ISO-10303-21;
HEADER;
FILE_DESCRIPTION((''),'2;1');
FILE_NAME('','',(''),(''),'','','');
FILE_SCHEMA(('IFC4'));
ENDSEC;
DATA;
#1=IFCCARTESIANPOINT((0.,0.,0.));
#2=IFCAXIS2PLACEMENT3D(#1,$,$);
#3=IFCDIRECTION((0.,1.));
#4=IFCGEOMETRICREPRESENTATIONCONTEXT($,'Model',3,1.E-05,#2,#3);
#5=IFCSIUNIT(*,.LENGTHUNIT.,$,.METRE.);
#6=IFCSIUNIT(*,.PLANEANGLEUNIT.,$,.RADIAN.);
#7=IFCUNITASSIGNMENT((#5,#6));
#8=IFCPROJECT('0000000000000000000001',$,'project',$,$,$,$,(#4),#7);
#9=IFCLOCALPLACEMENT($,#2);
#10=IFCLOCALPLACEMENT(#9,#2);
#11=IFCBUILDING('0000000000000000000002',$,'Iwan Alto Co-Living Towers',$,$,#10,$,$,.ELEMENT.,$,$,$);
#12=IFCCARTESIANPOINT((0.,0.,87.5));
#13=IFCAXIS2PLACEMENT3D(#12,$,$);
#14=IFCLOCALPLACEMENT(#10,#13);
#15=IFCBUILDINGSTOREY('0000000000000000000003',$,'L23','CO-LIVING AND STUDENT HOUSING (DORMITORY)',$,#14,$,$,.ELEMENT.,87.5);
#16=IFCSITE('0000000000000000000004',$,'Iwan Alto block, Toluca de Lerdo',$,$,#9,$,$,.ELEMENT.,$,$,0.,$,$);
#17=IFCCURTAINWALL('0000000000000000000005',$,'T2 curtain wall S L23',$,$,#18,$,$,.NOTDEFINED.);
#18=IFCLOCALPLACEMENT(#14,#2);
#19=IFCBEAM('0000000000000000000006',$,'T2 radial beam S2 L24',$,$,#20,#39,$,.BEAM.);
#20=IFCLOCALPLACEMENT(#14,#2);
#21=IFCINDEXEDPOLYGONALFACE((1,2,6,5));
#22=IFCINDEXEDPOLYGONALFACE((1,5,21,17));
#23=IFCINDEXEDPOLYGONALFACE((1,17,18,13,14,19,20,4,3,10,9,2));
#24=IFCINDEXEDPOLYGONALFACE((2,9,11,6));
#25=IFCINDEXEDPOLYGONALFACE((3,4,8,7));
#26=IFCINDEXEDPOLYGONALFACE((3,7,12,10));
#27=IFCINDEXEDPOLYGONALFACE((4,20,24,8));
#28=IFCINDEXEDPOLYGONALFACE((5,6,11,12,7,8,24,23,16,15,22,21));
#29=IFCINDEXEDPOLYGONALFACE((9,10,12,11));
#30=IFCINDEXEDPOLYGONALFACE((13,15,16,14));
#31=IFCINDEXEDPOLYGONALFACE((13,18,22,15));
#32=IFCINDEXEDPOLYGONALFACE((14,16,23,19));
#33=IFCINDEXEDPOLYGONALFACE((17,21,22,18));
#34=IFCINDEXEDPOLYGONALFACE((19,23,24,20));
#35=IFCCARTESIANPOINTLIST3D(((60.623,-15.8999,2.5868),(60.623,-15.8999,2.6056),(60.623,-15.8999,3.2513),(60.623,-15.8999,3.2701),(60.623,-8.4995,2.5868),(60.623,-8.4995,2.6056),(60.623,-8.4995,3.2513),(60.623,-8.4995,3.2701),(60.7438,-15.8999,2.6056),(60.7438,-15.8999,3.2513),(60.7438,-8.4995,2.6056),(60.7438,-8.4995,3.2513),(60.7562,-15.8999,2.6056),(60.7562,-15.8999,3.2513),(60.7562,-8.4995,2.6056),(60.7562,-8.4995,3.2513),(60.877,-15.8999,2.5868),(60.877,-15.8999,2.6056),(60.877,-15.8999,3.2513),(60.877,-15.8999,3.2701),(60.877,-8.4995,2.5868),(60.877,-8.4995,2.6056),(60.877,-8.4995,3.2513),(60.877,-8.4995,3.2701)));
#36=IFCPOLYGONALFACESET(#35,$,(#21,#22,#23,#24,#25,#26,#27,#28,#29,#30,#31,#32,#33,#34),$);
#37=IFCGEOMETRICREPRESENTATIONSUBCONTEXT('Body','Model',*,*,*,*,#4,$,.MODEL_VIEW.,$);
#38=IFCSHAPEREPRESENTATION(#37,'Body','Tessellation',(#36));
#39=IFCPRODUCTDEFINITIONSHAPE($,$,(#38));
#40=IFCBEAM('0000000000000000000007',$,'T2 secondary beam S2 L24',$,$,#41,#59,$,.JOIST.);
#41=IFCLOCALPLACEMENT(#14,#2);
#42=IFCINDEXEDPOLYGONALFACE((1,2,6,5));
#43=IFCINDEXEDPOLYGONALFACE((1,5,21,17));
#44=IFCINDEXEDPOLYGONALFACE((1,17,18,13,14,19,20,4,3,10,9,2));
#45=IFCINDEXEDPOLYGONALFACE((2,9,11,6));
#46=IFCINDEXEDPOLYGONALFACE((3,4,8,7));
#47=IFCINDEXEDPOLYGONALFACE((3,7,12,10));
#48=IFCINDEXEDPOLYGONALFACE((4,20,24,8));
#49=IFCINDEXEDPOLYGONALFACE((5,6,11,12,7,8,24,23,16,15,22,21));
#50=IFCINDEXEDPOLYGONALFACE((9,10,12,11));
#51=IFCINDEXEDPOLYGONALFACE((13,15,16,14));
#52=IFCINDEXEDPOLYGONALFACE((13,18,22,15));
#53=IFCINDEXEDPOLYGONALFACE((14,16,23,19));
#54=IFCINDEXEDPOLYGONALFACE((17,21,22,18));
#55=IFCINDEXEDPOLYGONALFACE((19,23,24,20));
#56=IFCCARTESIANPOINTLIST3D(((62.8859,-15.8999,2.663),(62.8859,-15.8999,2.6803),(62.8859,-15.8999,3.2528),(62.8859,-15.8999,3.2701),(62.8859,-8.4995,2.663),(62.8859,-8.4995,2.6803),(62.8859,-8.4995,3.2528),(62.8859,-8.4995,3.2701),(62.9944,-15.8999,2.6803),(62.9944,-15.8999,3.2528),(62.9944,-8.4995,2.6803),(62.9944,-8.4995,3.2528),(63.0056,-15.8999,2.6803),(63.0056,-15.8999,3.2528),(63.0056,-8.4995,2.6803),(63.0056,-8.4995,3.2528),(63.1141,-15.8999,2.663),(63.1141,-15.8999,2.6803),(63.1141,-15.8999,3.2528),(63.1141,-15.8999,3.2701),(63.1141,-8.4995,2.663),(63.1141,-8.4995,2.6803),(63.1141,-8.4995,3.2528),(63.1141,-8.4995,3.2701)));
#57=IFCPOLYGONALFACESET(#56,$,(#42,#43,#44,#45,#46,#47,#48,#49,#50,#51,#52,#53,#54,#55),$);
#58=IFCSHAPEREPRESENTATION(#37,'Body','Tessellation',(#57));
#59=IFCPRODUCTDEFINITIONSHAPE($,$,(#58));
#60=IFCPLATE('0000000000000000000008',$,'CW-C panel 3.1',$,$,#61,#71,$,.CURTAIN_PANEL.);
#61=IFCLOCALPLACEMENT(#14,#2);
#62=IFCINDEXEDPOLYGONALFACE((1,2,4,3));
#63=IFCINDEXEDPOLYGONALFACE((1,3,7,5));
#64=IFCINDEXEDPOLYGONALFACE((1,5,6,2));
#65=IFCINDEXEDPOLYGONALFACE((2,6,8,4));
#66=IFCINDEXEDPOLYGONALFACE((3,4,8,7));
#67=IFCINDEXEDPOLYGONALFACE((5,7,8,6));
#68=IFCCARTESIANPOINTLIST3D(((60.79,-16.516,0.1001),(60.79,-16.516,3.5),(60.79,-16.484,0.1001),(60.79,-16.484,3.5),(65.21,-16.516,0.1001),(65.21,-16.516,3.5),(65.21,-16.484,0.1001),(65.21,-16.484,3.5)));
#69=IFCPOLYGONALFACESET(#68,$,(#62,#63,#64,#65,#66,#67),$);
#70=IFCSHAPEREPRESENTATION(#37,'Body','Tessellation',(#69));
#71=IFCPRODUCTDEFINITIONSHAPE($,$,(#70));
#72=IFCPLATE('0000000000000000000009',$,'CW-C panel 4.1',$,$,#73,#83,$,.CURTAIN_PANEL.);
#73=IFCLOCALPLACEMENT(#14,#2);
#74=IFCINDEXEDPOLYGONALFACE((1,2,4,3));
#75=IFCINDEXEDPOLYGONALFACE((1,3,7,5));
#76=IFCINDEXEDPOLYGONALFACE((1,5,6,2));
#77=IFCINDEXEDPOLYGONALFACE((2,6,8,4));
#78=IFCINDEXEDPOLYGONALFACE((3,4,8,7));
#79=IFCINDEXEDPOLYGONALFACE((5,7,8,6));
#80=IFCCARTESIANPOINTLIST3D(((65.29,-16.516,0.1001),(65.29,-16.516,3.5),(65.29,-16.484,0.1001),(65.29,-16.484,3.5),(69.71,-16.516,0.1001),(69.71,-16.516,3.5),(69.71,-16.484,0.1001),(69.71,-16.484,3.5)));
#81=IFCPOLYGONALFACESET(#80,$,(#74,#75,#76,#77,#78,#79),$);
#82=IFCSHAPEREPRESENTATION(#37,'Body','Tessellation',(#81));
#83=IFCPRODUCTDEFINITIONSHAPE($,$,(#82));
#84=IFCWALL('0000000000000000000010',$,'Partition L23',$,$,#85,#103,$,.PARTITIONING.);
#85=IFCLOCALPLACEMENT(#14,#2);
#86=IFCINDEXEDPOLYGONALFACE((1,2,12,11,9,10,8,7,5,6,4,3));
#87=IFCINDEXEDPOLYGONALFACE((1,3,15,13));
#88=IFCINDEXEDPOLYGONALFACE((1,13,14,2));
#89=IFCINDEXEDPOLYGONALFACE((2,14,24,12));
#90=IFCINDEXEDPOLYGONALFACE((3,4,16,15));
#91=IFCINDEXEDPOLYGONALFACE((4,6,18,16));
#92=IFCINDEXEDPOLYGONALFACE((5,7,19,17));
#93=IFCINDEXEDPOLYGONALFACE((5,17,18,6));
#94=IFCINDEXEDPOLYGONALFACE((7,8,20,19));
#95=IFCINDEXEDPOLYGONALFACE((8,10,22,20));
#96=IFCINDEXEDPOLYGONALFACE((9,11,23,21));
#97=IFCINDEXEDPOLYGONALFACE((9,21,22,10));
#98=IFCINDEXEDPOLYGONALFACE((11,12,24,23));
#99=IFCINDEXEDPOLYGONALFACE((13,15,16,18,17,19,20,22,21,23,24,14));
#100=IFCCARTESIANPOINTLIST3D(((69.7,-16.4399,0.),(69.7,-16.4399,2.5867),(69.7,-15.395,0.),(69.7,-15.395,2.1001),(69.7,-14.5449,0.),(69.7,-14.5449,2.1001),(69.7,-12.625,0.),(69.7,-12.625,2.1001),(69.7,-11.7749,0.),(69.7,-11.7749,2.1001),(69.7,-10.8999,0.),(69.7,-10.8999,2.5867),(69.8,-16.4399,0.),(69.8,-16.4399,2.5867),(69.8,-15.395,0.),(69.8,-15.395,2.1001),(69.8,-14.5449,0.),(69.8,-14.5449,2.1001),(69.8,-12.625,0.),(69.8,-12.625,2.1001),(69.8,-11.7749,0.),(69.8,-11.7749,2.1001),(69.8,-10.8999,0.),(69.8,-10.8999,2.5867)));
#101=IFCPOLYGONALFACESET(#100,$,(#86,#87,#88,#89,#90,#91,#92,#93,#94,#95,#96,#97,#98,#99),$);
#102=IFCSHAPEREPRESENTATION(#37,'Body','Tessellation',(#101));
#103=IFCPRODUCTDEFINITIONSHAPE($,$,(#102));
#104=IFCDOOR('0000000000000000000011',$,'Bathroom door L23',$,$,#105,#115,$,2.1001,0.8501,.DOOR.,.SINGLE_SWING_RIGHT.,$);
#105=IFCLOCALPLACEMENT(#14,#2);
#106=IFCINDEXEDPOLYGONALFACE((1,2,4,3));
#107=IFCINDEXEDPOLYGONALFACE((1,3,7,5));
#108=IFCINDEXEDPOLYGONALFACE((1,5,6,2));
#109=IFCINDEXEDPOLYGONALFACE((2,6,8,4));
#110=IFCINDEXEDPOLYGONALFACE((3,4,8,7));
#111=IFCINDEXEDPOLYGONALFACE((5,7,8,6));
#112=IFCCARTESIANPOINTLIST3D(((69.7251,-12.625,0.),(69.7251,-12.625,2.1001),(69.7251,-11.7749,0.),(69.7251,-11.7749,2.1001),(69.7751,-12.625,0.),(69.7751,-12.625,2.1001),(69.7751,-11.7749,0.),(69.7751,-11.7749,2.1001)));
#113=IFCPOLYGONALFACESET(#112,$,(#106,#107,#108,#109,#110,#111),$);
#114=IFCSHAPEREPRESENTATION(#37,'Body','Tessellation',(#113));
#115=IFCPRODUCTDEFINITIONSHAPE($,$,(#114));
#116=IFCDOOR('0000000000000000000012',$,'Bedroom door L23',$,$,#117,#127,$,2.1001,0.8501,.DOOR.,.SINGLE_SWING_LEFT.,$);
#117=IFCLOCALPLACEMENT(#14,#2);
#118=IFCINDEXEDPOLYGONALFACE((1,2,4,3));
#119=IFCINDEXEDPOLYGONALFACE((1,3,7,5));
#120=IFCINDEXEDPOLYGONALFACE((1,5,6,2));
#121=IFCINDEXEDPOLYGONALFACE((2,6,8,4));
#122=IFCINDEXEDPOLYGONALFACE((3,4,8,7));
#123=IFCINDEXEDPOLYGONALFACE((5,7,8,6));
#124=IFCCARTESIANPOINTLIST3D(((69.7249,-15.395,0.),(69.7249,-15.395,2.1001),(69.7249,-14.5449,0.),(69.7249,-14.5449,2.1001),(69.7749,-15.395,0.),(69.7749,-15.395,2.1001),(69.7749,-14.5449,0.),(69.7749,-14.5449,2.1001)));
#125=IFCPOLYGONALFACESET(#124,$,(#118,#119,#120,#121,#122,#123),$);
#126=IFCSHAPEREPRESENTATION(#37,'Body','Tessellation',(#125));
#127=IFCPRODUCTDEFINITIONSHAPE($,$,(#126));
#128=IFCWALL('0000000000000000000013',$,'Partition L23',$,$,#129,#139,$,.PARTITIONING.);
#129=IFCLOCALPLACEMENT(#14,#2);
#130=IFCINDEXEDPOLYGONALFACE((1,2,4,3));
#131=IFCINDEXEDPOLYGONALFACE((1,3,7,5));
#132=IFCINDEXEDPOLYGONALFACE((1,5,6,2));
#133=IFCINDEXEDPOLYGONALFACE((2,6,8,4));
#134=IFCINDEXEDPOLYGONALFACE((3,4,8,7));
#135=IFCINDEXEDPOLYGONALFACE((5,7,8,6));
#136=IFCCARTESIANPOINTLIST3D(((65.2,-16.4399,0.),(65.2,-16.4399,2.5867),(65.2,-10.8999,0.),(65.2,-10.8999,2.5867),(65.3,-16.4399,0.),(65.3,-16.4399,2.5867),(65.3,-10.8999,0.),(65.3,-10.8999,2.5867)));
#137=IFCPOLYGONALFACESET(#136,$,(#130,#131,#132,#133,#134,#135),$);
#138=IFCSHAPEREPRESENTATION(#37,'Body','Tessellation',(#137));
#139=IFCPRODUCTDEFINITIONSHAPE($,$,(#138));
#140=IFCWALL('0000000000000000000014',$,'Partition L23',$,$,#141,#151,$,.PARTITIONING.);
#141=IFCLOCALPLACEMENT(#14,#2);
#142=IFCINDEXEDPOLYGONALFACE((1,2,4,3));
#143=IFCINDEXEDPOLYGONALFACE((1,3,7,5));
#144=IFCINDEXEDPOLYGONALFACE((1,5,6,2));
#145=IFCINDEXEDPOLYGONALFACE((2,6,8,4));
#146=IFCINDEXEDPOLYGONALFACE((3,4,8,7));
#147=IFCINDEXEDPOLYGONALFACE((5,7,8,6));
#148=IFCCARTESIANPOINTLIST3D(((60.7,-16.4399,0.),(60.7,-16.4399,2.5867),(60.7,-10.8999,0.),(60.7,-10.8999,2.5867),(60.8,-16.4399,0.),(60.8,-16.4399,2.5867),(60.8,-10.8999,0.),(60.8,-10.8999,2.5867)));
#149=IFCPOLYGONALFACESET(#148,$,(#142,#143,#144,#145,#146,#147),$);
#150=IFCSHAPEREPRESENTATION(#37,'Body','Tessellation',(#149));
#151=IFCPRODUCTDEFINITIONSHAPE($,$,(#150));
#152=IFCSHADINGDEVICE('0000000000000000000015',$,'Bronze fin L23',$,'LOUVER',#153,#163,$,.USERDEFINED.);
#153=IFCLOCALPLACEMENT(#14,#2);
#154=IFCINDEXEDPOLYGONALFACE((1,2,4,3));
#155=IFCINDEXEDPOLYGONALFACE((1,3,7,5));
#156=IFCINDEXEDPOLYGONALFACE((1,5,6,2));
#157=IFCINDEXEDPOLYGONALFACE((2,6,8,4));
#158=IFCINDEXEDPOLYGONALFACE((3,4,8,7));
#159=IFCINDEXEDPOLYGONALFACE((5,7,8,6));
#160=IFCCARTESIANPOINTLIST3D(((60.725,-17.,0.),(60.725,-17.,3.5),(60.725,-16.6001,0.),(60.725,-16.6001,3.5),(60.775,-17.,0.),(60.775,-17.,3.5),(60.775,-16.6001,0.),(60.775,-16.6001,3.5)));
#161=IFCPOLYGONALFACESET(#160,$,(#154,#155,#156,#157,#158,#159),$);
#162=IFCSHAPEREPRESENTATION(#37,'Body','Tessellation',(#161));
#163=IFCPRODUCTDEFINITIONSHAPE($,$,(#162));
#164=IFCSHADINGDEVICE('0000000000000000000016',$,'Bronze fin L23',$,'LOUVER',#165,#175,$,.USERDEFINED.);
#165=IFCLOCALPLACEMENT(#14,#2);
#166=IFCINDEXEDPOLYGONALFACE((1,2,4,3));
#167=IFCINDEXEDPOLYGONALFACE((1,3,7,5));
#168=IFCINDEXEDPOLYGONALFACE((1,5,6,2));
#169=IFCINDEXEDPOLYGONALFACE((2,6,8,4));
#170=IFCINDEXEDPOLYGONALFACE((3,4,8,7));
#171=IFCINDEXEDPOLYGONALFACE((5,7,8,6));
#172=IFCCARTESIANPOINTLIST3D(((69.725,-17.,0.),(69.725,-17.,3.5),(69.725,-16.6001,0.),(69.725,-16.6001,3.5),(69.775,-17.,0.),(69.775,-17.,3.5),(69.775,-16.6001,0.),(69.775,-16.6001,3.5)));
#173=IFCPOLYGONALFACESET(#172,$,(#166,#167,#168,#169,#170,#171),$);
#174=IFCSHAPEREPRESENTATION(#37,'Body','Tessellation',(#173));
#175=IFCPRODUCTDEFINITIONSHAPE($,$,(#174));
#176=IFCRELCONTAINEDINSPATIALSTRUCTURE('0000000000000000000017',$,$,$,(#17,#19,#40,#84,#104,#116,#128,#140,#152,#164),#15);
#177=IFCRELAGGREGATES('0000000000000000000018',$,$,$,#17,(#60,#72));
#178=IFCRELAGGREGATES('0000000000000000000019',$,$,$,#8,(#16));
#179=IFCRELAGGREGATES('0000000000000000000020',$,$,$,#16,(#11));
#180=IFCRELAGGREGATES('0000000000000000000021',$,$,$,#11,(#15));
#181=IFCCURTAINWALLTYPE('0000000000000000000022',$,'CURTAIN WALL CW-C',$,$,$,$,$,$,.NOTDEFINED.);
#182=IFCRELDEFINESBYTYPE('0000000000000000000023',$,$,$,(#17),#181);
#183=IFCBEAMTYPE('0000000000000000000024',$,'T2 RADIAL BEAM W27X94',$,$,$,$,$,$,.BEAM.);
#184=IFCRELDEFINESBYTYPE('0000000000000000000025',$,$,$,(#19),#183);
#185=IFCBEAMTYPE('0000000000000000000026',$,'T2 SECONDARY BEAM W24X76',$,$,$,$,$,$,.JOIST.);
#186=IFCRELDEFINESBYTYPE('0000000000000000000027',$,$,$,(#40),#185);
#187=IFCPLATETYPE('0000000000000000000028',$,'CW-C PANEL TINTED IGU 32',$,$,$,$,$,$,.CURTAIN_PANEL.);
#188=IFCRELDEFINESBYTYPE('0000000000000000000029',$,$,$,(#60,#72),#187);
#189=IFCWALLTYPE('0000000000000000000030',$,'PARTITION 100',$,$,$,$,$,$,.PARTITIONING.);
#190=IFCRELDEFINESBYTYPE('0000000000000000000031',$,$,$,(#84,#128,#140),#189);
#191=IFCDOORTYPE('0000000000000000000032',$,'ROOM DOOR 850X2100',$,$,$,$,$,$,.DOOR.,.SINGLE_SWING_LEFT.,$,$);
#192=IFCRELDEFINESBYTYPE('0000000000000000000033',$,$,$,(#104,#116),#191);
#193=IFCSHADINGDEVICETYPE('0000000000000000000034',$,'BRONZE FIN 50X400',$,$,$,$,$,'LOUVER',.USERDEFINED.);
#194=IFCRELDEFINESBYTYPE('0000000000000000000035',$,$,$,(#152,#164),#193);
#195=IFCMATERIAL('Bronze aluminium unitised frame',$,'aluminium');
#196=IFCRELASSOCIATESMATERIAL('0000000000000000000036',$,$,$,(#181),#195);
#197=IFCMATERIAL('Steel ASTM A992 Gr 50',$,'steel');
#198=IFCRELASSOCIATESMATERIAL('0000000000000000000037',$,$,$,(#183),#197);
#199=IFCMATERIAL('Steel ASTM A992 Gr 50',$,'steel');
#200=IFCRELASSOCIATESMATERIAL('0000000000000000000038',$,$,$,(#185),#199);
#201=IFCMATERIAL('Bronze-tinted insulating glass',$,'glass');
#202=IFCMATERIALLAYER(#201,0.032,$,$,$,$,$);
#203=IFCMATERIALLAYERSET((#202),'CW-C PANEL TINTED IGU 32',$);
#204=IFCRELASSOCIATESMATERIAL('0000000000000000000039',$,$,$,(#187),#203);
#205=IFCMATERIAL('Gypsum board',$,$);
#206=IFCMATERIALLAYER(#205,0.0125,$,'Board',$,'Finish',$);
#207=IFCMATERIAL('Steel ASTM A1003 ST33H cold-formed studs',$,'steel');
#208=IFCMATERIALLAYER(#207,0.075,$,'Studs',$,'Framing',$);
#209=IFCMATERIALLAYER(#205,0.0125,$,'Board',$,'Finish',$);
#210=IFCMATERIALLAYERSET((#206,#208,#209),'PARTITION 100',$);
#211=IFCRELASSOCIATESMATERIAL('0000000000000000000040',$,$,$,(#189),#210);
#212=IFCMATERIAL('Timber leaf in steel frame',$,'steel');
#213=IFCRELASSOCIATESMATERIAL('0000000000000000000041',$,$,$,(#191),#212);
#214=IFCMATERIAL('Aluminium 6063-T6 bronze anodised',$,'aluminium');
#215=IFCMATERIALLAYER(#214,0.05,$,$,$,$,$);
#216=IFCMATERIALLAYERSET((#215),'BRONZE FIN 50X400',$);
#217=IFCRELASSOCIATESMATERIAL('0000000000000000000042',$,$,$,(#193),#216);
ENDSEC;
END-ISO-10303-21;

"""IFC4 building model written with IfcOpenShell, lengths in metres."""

from ifc_helpers import new_model, si_unit, direction, frame, frame_2d, origin, origin_2d, place, context, subcontext, project, spatial, rectangle, i_section, extrude, material, layer, layer_set, material_profile, profile_set, type_object, element, fill, aggregate, save


model = new_model("IFC4")

# Units and contexts
model_context = context("Model", 3, precision=1e-05, world=origin(), true_north=direction((0.0, 1.0)))
body_context = subcontext(model_context, "Body", "Model", "MODEL_VIEW")
ifc_project = project(units=[si_unit("LENGTHUNIT", "METRE"), si_unit("PLANEANGLEUNIT", "RADIAN")], contexts=[model_context])

# Site, building, storey
site_placement = place(None, origin())
site = spatial("IfcSite", under=ifc_project, at=site_placement, Name="Iwan Alto block, Toluca de Lerdo", CompositionType="ELEMENT", RefElevation=0.0)
building_placement = place(site_placement, origin())
building = spatial("IfcBuilding", under=site, at=building_placement, Name="Iwan Alto Co-Living Towers", CompositionType="ELEMENT")
storey_placement = place(building_placement, frame((0.0, 0.0, 87.5)))
storey = spatial("IfcBuildingStorey", under=building, at=storey_placement, Name="L23", Description="CO-LIVING AND STUDENT HOUSING (DORMITORY)", CompositionType="ELEMENT", Elevation=87.5)

# Curtain wall
ifc_material_1 = material(Name="Bronze aluminium unitised frame", Category="aluminium")
curtain_wall_type = type_object("IfcCurtainWallType", Name="CURTAIN WALL CW-C", PredefinedType="NOTDEFINED", material=ifc_material_1)
curtain_wall_placement = place(storey_placement, origin())
curtain_wall = element("IfcCurtainWall", 1, at=curtain_wall_placement, inside=storey, type_object=curtain_wall_type, Name="T2 curtain wall S L23", PredefinedType="NOTDEFINED")

# Beams
ifc_material_2 = material(Name="Steel ASTM A992 Gr 50", Category="steel")
ifc_material_profile_1 = material_profile(ifc_material_2, i_section(OverallWidth=0.2539, OverallDepth=0.6833, WebThickness=0.0125, FlangeThickness=0.0188, at=origin_2d()), Name="W27X94")
ifc_profile_set_1 = profile_set([ifc_material_profile_1], Name="Steel ASTM A992 Gr 50")
beam_type_1 = type_object("IfcBeamType", Name="T2 RADIAL BEAM W27X94", PredefinedType="BEAM", material=ifc_profile_set_1)
beam_1_placement = place(storey_placement, frame((60.75, -15.8999, 2.9285), z_axis=(0.0, 1.0, 0.0), x_axis=(-1.0, 0.0, 0.0)))
element("IfcBeam", 2, at=beam_1_placement, inside=storey, type_object=beam_type_1, Name="T2 radial beam S2 L24", PredefinedType="BEAM", context=body_context, shape_type="SweptSolid", body=[
    extrude(i_section(OverallWidth=0.2539, OverallDepth=0.6833, WebThickness=0.0125, FlangeThickness=0.0188, at=origin_2d()), origin(), (0.0, 0.0, 1.0), 7.4004),
])
ifc_material_3 = material(Name="Steel ASTM A992 Gr 50", Category="steel")
ifc_material_profile_2 = material_profile(ifc_material_3, i_section(OverallWidth=0.2283, OverallDepth=0.6072, WebThickness=0.0112, FlangeThickness=0.0173, at=origin_2d()), Name="W24X76")
ifc_profile_set_2 = profile_set([ifc_material_profile_2], Name="Steel ASTM A992 Gr 50")
beam_type_2 = type_object("IfcBeamType", Name="T2 SECONDARY BEAM W24X76", PredefinedType="JOIST", material=ifc_profile_set_2)
beam_2_placement = place(storey_placement, frame((63.0, -15.8999, 2.9666), z_axis=(0.0, 1.0, 0.0), x_axis=(-1.0, 0.0, 0.0)))
element("IfcBeam", 3, at=beam_2_placement, inside=storey, type_object=beam_type_2, Name="T2 secondary beam S2 L24", PredefinedType="JOIST", context=body_context, shape_type="SweptSolid", body=[
    extrude(i_section(OverallWidth=0.2283, OverallDepth=0.6072, WebThickness=0.0112, FlangeThickness=0.0173, at=origin_2d()), origin(), (0.0, 0.0, 1.0), 7.4004),
])

# Plates
ifc_material_4 = material(Name="Bronze-tinted insulating glass", Category="glass")
ifc_layer_1 = layer(ifc_material_4, 0.032)
ifc_layer_set_1 = layer_set([ifc_layer_1], Name="CW-C PANEL TINTED IGU 32")
plate_type = type_object("IfcPlateType", Name="CW-C PANEL TINTED IGU 32", PredefinedType="CURTAIN_PANEL", material=ifc_layer_set_1)
plate_1_placement = place(storey_placement, frame((63.0, -16.5, 0.1001), z_axis=(0.0, 0.0, 1.0), x_axis=(1.0, 0.0, 0.0)))
plate_1 = element("IfcPlate", 4, at=plate_1_placement, type_object=plate_type, Name="CW-C panel 3.1", PredefinedType="CURTAIN_PANEL", context=body_context, shape_type="SweptSolid", body=[
    extrude(rectangle(XDim=4.4199, YDim=0.032, at=origin_2d()), origin(), (0.0, 0.0, 1.0), 3.3999),
])
plate_2_placement = place(storey_placement, frame((67.5, -16.5, 0.1001), z_axis=(0.0, 0.0, 1.0), x_axis=(1.0, 0.0, 0.0)))
plate_2 = element("IfcPlate", 5, at=plate_2_placement, type_object=plate_type, Name="CW-C panel 4.1", PredefinedType="CURTAIN_PANEL", context=body_context, shape_type="SweptSolid", body=[
    extrude(rectangle(XDim=4.4199, YDim=0.032, at=origin_2d()), origin(), (0.0, 0.0, 1.0), 3.3999),
])
aggregate(curtain_wall, [plate_1, plate_2])

# Wall, openings, doors
ifc_material_5 = material(Name="Gypsum board")
ifc_layer_2 = layer(ifc_material_5, 0.0125, Name="Board", Category="Finish")
ifc_material_6 = material(Name="Steel ASTM A1003 ST33H cold-formed studs", Category="steel")
ifc_layer_3 = layer(ifc_material_6, 0.075, Name="Studs", Category="Framing")
ifc_layer_4 = layer(ifc_material_5, 0.0125, Name="Board", Category="Finish")
ifc_layer_set_2 = layer_set([ifc_layer_2, ifc_layer_3, ifc_layer_4], Name="PARTITION 100")
wall_type = type_object("IfcWallType", Name="PARTITION 100", PredefinedType="PARTITIONING", material=ifc_layer_set_2)
wall_placement = place(storey_placement, frame((69.75, -16.4399, 0.0), z_axis=(0.0, 0.0, 1.0), x_axis=(0.0, 1.0, 0.0)))
wall = element("IfcWall", 6, at=wall_placement, inside=storey, type_object=wall_type, Name="Partition L23", PredefinedType="PARTITIONING", context=body_context, shape_type="SweptSolid", body=[
    extrude(rectangle(XDim=5.54, YDim=0.1001, at=frame_2d((2.77, 0.0))), origin(), (0.0, 0.0, 1.0), 2.5867),
])
opening_1_placement = place(wall_placement, frame((3.8149, 0.0, 0.0)))
opening_1 = element("IfcOpeningElement", 7, at=opening_1_placement, cuts=wall, PredefinedType="OPENING", context=body_context, shape_type="SweptSolid", body=[
    extrude(rectangle(XDim=0.8501, YDim=2.1001, at=frame_2d((0.425, 1.05))), frame((0.0, 0.0601, 0.0), z_axis=(0.0, -1.0, 0.0), x_axis=(1.0, 0.0, 0.0)), (0.0, 0.0, 1.0), 0.1201),
])
opening_2_placement = place(wall_placement, frame((1.0449, 0.0, 0.0)))
opening_2 = element("IfcOpeningElement", 8, at=opening_2_placement, cuts=wall, PredefinedType="OPENING", context=body_context, shape_type="SweptSolid", body=[
    extrude(rectangle(XDim=0.8501, YDim=2.1001, at=frame_2d((0.425, 1.05))), frame((0.0, 0.0601, 0.0), z_axis=(0.0, -1.0, 0.0), x_axis=(1.0, 0.0, 0.0)), (0.0, 0.0, 1.0), 0.1201),
])
ifc_material_7 = material(Name="Timber leaf in steel frame", Category="steel")
door_type = type_object("IfcDoorType", Name="ROOM DOOR 850X2100", OperationType="SINGLE_SWING_LEFT", PredefinedType="DOOR", material=ifc_material_7)
door_1_placement = place(opening_1_placement, origin())
door_1 = element("IfcDoor", 9, at=door_1_placement, inside=storey, type_object=door_type, Name="Bathroom door L23", OperationType="SINGLE_SWING_RIGHT", OverallHeight=2.1001, OverallWidth=0.8501, PredefinedType="DOOR", context=body_context, shape_type="SweptSolid", body=[
    extrude(rectangle(XDim=0.8501, YDim=2.1001, at=frame_2d((0.425, 1.05))), frame((0.0, 0.0249, 0.0), z_axis=(0.0, -1.0, 0.0), x_axis=(1.0, 0.0, 0.0)), (0.0, 0.0, 1.0), 0.05),
])
fill(opening_1, door_1)
door_2_placement = place(opening_2_placement, frame((0.8501, 0.0, 0.0), z_axis=(0.0, 0.0, 1.0), x_axis=(-1.0, 0.0, 0.0)))
door_2 = element("IfcDoor", 10, at=door_2_placement, inside=storey, type_object=door_type, Name="Bedroom door L23", OperationType="SINGLE_SWING_LEFT", OverallHeight=2.1001, OverallWidth=0.8501, PredefinedType="DOOR", context=body_context, shape_type="SweptSolid", body=[
    extrude(rectangle(XDim=0.8501, YDim=2.1001, at=frame_2d((0.425, 1.05))), frame((0.0, 0.0249, 0.0), z_axis=(0.0, -1.0, 0.0), x_axis=(1.0, 0.0, 0.0)), (0.0, 0.0, 1.0), 0.05),
])
fill(opening_2, door_2)

# Walls
for number, where, z_axis, x_axis, name in (
    (11, (65.25, -16.4399, 0.0), (0.0, 0.0, 1.0), (0.0, 1.0, 0.0), "Partition L23"),
    (12, (60.75, -16.4399, 0.0), (0.0, 0.0, 1.0), (0.0, 1.0, 0.0), "Partition L23"),
):
    element("IfcWall", number, at=place(storey_placement, frame(where, z_axis=z_axis, x_axis=x_axis)), inside=storey, type_object=wall_type, Name=name, PredefinedType="PARTITIONING", context=body_context, shape_type="SweptSolid", body=[
        extrude(rectangle(XDim=5.54, YDim=0.1001, at=frame_2d((2.77, 0.0))), origin(), (0.0, 0.0, 1.0), 2.5867),
    ])

# Shading devices
ifc_material_8 = material(Name="Aluminium 6063-T6 bronze anodised", Category="aluminium")
ifc_layer_5 = layer(ifc_material_8, 0.05)
ifc_layer_set_3 = layer_set([ifc_layer_5], Name="BRONZE FIN 50X400")
shading_device_type = type_object("IfcShadingDeviceType", Name="BRONZE FIN 50X400", ElementType="LOUVER", PredefinedType="USERDEFINED", material=ifc_layer_set_3)
for number, where, z_axis, x_axis, name in (
    (13, (60.75, -16.8, 0.0), (0.0, 0.0, 1.0), (1.0, 0.0, 0.0), "Bronze fin L23"),
    (14, (69.75, -16.8, 0.0), (0.0, 0.0, 1.0), (1.0, 0.0, 0.0), "Bronze fin L23"),
):
    element("IfcShadingDevice", number, at=place(storey_placement, frame(where, z_axis=z_axis, x_axis=x_axis)), inside=storey, type_object=shading_device_type, Name=name, ObjectType="LOUVER", PredefinedType="USERDEFINED", context=body_context, shape_type="SweptSolid", body=[
        extrude(rectangle(XDim=0.05, YDim=0.3999, at=origin_2d()), origin(), (0.0, 0.0, 1.0), 3.5),
    ])

save(model, "model.ifc")
